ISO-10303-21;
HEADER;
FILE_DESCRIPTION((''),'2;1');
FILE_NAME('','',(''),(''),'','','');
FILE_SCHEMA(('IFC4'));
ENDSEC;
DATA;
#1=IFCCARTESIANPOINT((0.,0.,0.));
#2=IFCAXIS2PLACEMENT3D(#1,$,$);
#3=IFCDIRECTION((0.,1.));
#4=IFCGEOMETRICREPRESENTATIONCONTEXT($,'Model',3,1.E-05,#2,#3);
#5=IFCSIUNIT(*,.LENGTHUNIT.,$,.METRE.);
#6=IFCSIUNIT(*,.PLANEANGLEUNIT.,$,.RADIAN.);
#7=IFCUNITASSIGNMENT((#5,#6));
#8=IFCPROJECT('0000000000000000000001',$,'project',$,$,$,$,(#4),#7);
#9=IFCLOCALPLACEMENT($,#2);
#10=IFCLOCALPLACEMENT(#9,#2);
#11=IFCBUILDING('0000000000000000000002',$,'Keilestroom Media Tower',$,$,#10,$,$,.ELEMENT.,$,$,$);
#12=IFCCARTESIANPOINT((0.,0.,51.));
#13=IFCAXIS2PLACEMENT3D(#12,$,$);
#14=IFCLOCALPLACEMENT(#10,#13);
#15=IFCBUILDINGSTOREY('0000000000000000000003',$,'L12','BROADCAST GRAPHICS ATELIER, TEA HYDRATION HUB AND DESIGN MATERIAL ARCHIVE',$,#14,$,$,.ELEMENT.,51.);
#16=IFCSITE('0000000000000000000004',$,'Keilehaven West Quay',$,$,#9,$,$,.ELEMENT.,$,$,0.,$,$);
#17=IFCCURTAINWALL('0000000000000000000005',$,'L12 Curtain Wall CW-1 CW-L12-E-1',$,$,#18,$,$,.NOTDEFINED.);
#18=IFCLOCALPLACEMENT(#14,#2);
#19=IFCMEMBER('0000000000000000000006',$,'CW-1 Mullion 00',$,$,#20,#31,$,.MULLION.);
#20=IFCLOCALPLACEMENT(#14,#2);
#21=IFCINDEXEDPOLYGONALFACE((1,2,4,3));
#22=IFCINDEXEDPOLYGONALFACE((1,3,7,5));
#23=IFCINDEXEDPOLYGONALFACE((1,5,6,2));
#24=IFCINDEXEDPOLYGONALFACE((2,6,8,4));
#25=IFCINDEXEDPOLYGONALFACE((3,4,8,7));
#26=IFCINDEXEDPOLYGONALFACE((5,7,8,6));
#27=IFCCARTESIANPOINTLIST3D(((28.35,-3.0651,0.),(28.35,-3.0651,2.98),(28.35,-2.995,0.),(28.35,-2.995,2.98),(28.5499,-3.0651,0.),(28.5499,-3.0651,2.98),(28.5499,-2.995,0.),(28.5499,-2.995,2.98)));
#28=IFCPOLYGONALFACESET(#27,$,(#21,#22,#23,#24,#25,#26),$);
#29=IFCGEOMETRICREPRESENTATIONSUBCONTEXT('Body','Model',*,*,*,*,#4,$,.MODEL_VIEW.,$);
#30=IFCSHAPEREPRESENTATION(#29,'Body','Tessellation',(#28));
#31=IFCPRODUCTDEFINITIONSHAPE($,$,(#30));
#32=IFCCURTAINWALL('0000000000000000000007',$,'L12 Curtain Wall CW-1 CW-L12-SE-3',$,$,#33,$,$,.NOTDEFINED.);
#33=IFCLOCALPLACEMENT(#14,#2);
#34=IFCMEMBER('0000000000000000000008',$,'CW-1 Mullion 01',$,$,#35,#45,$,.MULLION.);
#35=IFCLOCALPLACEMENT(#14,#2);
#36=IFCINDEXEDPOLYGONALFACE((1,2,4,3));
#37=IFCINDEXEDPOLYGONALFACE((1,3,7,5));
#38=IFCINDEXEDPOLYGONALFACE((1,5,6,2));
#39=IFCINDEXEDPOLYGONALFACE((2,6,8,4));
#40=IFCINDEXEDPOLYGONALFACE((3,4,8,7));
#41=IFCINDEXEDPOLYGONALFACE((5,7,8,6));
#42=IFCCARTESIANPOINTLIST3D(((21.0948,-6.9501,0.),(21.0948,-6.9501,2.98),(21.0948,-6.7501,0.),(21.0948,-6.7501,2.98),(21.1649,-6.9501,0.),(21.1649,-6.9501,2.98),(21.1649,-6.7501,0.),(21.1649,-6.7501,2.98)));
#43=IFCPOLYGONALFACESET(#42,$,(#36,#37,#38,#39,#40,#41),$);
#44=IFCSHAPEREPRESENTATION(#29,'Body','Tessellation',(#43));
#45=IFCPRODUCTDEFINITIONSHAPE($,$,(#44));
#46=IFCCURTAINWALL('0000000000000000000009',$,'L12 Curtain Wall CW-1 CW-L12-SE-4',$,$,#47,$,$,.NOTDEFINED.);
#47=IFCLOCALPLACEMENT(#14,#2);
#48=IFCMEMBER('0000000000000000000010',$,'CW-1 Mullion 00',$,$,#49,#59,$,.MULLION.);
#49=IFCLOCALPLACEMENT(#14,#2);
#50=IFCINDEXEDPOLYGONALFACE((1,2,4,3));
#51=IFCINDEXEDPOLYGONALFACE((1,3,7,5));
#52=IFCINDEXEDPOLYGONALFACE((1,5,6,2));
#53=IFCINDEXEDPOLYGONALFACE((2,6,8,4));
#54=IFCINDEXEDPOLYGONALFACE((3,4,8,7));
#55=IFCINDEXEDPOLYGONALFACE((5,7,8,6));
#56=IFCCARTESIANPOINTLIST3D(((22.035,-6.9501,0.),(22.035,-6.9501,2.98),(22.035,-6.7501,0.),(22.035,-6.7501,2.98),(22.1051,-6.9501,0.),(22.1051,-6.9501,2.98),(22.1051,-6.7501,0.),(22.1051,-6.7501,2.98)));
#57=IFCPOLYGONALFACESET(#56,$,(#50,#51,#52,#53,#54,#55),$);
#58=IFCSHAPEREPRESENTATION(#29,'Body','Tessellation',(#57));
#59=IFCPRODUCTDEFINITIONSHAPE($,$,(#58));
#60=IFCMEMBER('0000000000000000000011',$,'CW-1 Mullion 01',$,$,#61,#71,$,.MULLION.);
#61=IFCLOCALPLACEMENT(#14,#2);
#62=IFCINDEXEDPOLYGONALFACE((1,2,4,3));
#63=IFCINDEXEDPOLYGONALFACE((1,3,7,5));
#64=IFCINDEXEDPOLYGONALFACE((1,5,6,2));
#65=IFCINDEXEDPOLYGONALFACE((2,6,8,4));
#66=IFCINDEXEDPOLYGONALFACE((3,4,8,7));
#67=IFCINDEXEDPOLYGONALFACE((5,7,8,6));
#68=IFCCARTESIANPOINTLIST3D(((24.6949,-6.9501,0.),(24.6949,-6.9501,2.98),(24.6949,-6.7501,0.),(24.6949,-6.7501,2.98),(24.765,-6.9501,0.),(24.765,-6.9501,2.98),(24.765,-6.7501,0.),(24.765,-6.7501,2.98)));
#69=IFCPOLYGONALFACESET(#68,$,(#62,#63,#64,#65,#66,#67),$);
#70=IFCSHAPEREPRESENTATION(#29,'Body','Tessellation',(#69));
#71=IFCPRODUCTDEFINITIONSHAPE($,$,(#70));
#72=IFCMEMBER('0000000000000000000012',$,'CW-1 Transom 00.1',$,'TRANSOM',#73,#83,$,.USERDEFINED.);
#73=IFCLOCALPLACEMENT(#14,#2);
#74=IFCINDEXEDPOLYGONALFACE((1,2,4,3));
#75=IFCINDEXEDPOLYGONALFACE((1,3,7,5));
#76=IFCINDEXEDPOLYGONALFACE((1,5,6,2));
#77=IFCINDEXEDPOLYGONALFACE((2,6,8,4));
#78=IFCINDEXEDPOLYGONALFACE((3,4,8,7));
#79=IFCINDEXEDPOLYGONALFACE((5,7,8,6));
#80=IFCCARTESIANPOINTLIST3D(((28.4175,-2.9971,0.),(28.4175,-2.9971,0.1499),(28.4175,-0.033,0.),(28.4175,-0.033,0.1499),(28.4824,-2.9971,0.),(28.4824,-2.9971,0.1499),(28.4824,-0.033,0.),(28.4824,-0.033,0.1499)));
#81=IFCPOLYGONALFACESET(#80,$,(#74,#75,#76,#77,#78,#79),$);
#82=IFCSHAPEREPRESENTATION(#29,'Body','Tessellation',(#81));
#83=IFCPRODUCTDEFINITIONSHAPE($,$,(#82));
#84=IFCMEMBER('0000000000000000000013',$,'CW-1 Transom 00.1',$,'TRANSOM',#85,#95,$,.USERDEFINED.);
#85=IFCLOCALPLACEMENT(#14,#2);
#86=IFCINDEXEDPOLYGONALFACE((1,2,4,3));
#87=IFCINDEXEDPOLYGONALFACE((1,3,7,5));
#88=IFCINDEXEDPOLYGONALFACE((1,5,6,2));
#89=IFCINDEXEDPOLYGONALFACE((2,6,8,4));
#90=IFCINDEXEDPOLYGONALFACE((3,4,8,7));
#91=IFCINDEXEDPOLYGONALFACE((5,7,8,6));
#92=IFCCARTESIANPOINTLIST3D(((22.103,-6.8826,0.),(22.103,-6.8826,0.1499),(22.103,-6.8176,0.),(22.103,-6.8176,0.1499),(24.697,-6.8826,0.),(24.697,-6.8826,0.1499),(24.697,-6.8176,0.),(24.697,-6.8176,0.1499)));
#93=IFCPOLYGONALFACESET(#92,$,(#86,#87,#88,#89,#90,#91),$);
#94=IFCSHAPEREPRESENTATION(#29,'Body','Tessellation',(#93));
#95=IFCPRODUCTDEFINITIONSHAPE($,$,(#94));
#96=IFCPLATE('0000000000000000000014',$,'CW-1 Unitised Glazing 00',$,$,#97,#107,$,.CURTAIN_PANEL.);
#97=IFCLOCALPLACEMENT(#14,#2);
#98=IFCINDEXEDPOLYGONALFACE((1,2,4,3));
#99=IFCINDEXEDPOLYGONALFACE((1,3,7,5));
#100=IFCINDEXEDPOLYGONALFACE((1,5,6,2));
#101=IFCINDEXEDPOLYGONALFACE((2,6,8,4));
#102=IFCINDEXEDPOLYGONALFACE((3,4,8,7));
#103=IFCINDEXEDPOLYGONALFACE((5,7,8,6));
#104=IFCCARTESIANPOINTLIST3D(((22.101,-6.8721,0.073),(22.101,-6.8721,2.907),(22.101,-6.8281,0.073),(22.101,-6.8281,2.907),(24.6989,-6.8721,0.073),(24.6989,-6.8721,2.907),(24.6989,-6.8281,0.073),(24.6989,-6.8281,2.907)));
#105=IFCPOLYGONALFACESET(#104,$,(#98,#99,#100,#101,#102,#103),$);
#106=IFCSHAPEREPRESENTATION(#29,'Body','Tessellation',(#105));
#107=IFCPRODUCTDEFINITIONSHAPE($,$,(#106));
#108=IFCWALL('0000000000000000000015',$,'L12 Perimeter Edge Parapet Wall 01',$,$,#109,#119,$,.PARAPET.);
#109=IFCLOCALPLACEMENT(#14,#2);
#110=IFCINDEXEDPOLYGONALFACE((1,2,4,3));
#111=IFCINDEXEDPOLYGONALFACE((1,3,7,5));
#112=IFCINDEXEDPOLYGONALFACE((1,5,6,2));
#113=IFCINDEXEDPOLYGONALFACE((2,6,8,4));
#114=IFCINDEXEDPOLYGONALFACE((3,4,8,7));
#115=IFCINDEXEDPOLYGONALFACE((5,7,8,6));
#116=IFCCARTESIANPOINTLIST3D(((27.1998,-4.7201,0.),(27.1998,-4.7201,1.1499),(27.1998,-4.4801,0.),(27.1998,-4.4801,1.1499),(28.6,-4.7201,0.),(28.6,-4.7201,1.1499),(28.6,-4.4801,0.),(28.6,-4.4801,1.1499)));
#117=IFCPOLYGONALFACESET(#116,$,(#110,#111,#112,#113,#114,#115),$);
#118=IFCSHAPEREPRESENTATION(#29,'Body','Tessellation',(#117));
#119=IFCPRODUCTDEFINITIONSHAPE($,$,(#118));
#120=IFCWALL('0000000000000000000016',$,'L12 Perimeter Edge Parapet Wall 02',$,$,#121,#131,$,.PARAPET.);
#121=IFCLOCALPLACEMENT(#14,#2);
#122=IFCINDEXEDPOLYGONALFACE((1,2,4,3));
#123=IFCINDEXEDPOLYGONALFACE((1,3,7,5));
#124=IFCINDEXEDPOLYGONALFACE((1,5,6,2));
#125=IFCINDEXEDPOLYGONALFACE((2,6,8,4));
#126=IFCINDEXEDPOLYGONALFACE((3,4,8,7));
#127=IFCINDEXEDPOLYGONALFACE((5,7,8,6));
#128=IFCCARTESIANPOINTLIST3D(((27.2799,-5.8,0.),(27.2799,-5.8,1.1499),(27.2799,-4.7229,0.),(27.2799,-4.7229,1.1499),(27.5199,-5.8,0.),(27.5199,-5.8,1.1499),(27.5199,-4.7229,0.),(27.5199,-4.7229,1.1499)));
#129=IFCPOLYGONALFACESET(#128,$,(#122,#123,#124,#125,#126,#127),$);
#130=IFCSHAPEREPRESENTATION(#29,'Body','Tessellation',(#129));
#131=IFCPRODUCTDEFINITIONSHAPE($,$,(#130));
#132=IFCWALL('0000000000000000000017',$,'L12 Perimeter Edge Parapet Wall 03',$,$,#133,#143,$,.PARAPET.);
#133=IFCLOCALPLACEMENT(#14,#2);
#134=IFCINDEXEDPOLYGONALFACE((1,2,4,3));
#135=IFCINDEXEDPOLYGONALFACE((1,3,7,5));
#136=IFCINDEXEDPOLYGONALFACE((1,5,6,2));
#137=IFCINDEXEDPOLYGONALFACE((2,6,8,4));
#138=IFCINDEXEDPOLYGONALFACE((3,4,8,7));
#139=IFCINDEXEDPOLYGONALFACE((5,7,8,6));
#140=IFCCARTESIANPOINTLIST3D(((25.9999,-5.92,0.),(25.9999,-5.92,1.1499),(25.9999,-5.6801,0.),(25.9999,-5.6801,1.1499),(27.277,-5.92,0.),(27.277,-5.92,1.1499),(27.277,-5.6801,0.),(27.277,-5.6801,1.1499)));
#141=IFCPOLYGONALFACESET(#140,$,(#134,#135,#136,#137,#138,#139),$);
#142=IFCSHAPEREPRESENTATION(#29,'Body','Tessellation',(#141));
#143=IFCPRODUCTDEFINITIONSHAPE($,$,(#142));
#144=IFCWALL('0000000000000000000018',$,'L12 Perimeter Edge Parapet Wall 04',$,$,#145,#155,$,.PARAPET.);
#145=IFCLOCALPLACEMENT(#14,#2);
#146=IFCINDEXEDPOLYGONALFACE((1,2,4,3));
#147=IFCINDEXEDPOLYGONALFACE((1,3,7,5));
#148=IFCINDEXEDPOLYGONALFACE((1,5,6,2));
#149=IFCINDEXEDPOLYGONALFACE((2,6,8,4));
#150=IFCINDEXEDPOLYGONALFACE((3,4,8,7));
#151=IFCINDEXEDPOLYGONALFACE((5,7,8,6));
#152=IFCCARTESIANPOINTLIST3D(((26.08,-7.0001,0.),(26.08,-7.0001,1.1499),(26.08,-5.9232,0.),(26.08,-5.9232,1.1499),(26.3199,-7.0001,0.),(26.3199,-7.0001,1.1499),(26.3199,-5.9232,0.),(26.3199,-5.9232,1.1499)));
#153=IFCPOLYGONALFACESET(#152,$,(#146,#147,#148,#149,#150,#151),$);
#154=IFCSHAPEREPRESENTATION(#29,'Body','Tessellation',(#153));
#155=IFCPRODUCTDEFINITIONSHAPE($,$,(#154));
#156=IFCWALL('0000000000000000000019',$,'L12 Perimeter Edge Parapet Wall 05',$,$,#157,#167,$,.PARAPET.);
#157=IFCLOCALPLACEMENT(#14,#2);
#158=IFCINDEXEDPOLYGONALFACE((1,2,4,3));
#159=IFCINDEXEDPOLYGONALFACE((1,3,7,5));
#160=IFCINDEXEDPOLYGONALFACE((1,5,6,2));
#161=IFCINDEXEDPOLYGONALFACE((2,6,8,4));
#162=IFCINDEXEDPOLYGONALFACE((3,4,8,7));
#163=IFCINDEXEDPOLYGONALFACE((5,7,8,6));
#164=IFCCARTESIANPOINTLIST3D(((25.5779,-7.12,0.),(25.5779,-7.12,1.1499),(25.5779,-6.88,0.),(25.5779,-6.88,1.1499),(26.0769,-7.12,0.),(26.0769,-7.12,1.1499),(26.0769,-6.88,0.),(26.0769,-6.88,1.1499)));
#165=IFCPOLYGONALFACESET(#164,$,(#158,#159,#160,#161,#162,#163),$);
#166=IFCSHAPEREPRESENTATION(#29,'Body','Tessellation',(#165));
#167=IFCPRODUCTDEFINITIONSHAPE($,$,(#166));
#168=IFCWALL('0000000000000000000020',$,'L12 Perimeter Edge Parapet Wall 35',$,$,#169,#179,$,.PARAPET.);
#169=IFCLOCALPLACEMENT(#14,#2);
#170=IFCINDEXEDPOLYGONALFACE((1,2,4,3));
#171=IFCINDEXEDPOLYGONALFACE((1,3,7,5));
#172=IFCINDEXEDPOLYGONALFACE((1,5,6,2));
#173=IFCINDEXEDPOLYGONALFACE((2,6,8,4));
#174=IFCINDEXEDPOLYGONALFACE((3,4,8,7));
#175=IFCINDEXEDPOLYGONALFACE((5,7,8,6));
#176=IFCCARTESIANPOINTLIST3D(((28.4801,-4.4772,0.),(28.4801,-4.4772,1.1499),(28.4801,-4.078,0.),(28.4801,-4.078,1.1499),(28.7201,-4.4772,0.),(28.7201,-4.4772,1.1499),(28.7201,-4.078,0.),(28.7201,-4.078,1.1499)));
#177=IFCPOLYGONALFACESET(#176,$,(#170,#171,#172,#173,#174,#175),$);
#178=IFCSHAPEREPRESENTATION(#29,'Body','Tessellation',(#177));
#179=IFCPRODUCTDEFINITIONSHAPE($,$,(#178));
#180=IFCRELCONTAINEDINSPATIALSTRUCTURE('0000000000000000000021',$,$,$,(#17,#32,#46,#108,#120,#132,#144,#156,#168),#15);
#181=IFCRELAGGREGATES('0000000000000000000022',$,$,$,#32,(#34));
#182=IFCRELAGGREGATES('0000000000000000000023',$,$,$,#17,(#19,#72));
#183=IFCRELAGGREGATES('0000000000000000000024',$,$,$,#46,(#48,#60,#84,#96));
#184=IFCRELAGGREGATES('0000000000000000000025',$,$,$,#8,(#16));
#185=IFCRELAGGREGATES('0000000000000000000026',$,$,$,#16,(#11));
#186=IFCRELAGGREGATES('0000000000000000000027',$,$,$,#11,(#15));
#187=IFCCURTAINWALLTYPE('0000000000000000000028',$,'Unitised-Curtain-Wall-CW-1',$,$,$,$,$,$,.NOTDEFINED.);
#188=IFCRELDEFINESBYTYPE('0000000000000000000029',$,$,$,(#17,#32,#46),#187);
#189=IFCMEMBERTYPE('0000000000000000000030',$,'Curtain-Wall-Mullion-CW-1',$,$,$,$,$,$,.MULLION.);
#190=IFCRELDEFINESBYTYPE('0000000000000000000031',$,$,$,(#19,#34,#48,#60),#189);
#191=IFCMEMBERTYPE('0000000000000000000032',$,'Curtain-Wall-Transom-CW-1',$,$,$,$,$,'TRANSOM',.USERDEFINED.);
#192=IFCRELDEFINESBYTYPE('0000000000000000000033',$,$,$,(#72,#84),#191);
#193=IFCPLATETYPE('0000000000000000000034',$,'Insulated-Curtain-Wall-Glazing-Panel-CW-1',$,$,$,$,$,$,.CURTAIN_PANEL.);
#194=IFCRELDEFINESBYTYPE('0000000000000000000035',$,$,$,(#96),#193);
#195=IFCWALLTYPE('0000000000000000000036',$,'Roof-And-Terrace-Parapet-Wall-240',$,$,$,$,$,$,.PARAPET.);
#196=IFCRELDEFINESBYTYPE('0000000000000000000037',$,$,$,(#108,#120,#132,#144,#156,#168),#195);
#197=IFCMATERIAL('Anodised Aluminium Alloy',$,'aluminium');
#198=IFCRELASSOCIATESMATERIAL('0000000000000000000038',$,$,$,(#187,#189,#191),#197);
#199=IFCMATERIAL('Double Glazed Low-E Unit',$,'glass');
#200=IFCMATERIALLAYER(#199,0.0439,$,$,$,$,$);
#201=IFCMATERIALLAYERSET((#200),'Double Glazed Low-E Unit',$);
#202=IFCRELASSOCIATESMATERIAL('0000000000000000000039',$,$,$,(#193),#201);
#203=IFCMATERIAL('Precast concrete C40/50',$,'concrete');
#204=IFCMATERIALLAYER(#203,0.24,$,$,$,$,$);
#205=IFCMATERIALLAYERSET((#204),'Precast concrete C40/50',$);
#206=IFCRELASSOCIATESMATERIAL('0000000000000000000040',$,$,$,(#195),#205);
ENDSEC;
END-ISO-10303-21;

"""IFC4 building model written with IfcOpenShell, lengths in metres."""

from ifc_helpers import new_model, si_unit, direction, frame, frame_2d, origin, origin_2d, place, context, subcontext, project, spatial, rectangle, extrude, source, transform, mapped, material, layer, layer_set, material_profile, profile_set, type_object, element, aggregate, save


model = new_model("IFC4")

# Units and contexts
model_context = context("Model", 3, precision=1e-05, world=origin(), true_north=direction((0.0, 1.0)))
body_context = subcontext(model_context, "Body", "Model", "MODEL_VIEW")
ifc_project = project(units=[si_unit("LENGTHUNIT", "METRE"), si_unit("PLANEANGLEUNIT", "RADIAN")], contexts=[model_context])

# Site, building, storey
site_placement = place(None, origin())
site = spatial("IfcSite", under=ifc_project, at=site_placement, Name="Keilehaven West Quay", CompositionType="ELEMENT", RefElevation=0.0)
building_placement = place(site_placement, origin())
building = spatial("IfcBuilding", under=site, at=building_placement, Name="Keilestroom Media Tower", CompositionType="ELEMENT")
storey_placement = place(building_placement, frame((0.0, 0.0, 51.0)))
storey = spatial("IfcBuildingStorey", under=building, at=storey_placement, Name="L12", Description="BROADCAST GRAPHICS ATELIER, TEA HYDRATION HUB AND DESIGN MATERIAL ARCHIVE", CompositionType="ELEMENT", Elevation=51.0)

# Shared definitions
ifc_material_1 = material(Name="Precast concrete C40/50", Category="concrete")

# Curtain walls, members
ifc_material_2 = material(Name="Anodised Aluminium Alloy", Category="aluminium")
curtain_wall_type = type_object("IfcCurtainWallType", Name="Unitised-Curtain-Wall-CW-1", PredefinedType="NOTDEFINED", material=ifc_material_2)
curtain_wall_1_placement = place(storey_placement, origin())
curtain_wall_1 = element("IfcCurtainWall", 1, at=curtain_wall_1_placement, inside=storey, type_object=curtain_wall_type, Name="L12 Curtain Wall CW-1 CW-L12-E-1", PredefinedType="NOTDEFINED")
ifc_material_profile_1 = material_profile(ifc_material_2, rectangle(XDim=0.0701, YDim=0.2, at=origin_2d()), Name="ALU MULLION 70x200")
ifc_profile_set_1 = profile_set([ifc_material_profile_1], Name="Anodised Aluminium Alloy")
member_type_1 = type_object("IfcMemberType", Name="Curtain-Wall-Mullion-CW-1", PredefinedType="MULLION", material=ifc_profile_set_1)
shared_shape_1 = source(origin(), body_context, "Body", "SweptSolid", [
    extrude(rectangle(XDim=0.0701, YDim=0.2, at=origin_2d()), origin(), (0.0, 0.0, 1.0), 2.98),
])
member_1_placement = place(storey_placement, frame((28.45, -3.03, 0.0), z_axis=(0.0, 0.0, 1.0), x_axis=(0.0, 1.0, 0.0)))
member_1 = element("IfcMember", 2, at=member_1_placement, type_object=member_type_1, Name="CW-1 Mullion 00", PredefinedType="MULLION", context=body_context, shape_type="MappedRepresentation", body=[
    mapped(shared_shape_1, transform((0.0, 0.0, 0.0), x_axis=(1.0, 0.0, 0.0), y_axis=(0.0, 1.0, 0.0), z_axis=(0.0, 0.0, 1.0), scale=1.0)),
])
curtain_wall_2_placement = place(storey_placement, origin())
curtain_wall_2 = element("IfcCurtainWall", 3, at=curtain_wall_2_placement, inside=storey, type_object=curtain_wall_type, Name="L12 Curtain Wall CW-1 CW-L12-SE-3", PredefinedType="NOTDEFINED")
member_2_placement = place(storey_placement, frame((21.1299, -6.8501, 0.0), z_axis=(0.0, 0.0, 1.0), x_axis=(1.0, 0.0, 0.0)))
member_2 = element("IfcMember", 4, at=member_2_placement, type_object=member_type_1, Name="CW-1 Mullion 01", PredefinedType="MULLION", context=body_context, shape_type="MappedRepresentation", body=[
    mapped(shared_shape_1, transform((0.0, 0.0, 0.0), x_axis=(1.0, 0.0, 0.0), y_axis=(0.0, 1.0, 0.0), z_axis=(0.0, 0.0, 1.0), scale=1.0)),
])
aggregate(curtain_wall_2, [member_2])

# Curtain wall, members
curtain_wall_3_placement = place(storey_placement, origin())
curtain_wall_3 = element("IfcCurtainWall", 5, at=curtain_wall_3_placement, inside=storey, type_object=curtain_wall_type, Name="L12 Curtain Wall CW-1 CW-L12-SE-4", PredefinedType="NOTDEFINED")
member_3_placement = place(storey_placement, frame((22.0701, -6.8501, 0.0), z_axis=(0.0, 0.0, 1.0), x_axis=(1.0, 0.0, 0.0)))
member_3 = element("IfcMember", 6, at=member_3_placement, type_object=member_type_1, Name="CW-1 Mullion 00", PredefinedType="MULLION", context=body_context, shape_type="MappedRepresentation", body=[
    mapped(shared_shape_1, transform((0.0, 0.0, 0.0), x_axis=(1.0, 0.0, 0.0), y_axis=(0.0, 1.0, 0.0), z_axis=(0.0, 0.0, 1.0), scale=1.0)),
])
member_4_placement = place(storey_placement, frame((24.73, -6.8501, 0.0), z_axis=(0.0, 0.0, 1.0), x_axis=(1.0, 0.0, 0.0)))
member_4 = element("IfcMember", 7, at=member_4_placement, type_object=member_type_1, Name="CW-1 Mullion 01", PredefinedType="MULLION", context=body_context, shape_type="MappedRepresentation", body=[
    mapped(shared_shape_1, transform((0.0, 0.0, 0.0), x_axis=(1.0, 0.0, 0.0), y_axis=(0.0, 1.0, 0.0), z_axis=(0.0, 0.0, 1.0), scale=1.0)),
])

# Members
ifc_material_profile_2 = material_profile(ifc_material_2, rectangle(XDim=0.0649, YDim=0.1499, at=origin_2d()), Name="ALU TRANSOM 65x150")
ifc_profile_set_2 = profile_set([ifc_material_profile_2], Name="Anodised Aluminium Alloy")
member_type_2 = type_object("IfcMemberType", Name="Curtain-Wall-Transom-CW-1", ElementType="TRANSOM", PredefinedType="USERDEFINED", material=ifc_profile_set_2)
shared_shape_2 = source(origin(), body_context, "Body", "SweptSolid", [
    extrude(rectangle(XDim=0.0649, YDim=0.1499, at=origin_2d()), origin(), (0.0, 0.0, 1.0), 2.9641),
])
member_5_placement = place(storey_placement, frame((28.45, -2.9971, 0.075), z_axis=(0.0, 1.0, 0.0), x_axis=(-1.0, 0.0, 0.0)))
member_5 = element("IfcMember", 8, at=member_5_placement, type_object=member_type_2, Name="CW-1 Transom 00.1", ObjectType="TRANSOM", PredefinedType="USERDEFINED", context=body_context, shape_type="MappedRepresentation", body=[
    mapped(shared_shape_2, transform((0.0, 0.0, 0.0), x_axis=(1.0, 0.0, 0.0), y_axis=(0.0, 1.0, 0.0), z_axis=(0.0, 0.0, 1.0), scale=1.0)),
])
aggregate(curtain_wall_1, [member_1, member_5])
shared_shape_3 = source(origin(), body_context, "Body", "SweptSolid", [
    extrude(rectangle(XDim=0.0649, YDim=0.1499, at=origin_2d()), origin(), (0.0, 0.0, 1.0), 2.594),
])
member_6_placement = place(storey_placement, frame((22.103, -6.8501, 0.075), z_axis=(1.0, 0.0, 0.0), x_axis=(0.0, 1.0, 0.0)))
member_6 = element("IfcMember", 9, at=member_6_placement, type_object=member_type_2, Name="CW-1 Transom 00.1", ObjectType="TRANSOM", PredefinedType="USERDEFINED", context=body_context, shape_type="MappedRepresentation", body=[
    mapped(shared_shape_3, transform((0.0, 0.0, 0.0), x_axis=(1.0, 0.0, 0.0), y_axis=(0.0, 1.0, 0.0), z_axis=(0.0, 0.0, 1.0), scale=1.0)),
])

# Plate
ifc_material_3 = material(Name="Double Glazed Low-E Unit", Category="glass")
ifc_layer_1 = layer(ifc_material_3, 0.0439)
ifc_layer_set_1 = layer_set([ifc_layer_1], Name="Double Glazed Low-E Unit")
plate_type = type_object("IfcPlateType", Name="Insulated-Curtain-Wall-Glazing-Panel-CW-1", PredefinedType="CURTAIN_PANEL", material=ifc_layer_set_1)
shared_shape_4 = source(origin(), body_context, "Body", "SweptSolid", [
    extrude(rectangle(XDim=2.5979, YDim=0.0439, at=origin_2d()), origin(), (0.0, 0.0, 1.0), 2.834),
])
plate_placement = place(storey_placement, frame((23.3999, -6.8501, 0.073), z_axis=(0.0, 0.0, 1.0), x_axis=(1.0, 0.0, 0.0)))
plate = element("IfcPlate", 10, at=plate_placement, type_object=plate_type, Name="CW-1 Unitised Glazing 00", PredefinedType="CURTAIN_PANEL", context=body_context, shape_type="MappedRepresentation", body=[
    mapped(shared_shape_4, transform((0.0, 0.0, 0.0), x_axis=(1.0, 0.0, 0.0), y_axis=(0.0, 1.0, 0.0), z_axis=(0.0, 0.0, 1.0), scale=1.0)),
])
aggregate(curtain_wall_3, [member_3, member_4, member_6, plate])

# Walls
ifc_layer_2 = layer(ifc_material_1, 0.24)
ifc_layer_set_2 = layer_set([ifc_layer_2], Name="Precast concrete C40/50")
wall_type = type_object("IfcWallType", Name="Roof-And-Terrace-Parapet-Wall-240", PredefinedType="PARAPET", material=ifc_layer_set_2)
wall_1_placement = place(storey_placement, frame((28.6001, -4.6001, 0.0), z_axis=(0.0, 0.0, 1.0), x_axis=(-1.0, 0.0, 0.0)))
element("IfcWall", 11, at=wall_1_placement, inside=storey, type_object=wall_type, Name="L12 Perimeter Edge Parapet Wall 01", PredefinedType="PARAPET", context=body_context, shape_type="SweptSolid", body=[
    extrude(rectangle(XDim=1.4001, YDim=0.24, at=frame_2d((0.7002, 0.0))), origin(), (0.0, 0.0, 1.0), 1.1499),
])
wall_2_placement = place(storey_placement, frame((27.3999, -4.7229, 0.0), z_axis=(0.0, 0.0, 1.0), x_axis=(0.0, -1.0, 0.0)))
element("IfcWall", 12, at=wall_2_placement, inside=storey, type_object=wall_type, Name="L12 Perimeter Edge Parapet Wall 02", PredefinedType="PARAPET", context=body_context, shape_type="SweptSolid", body=[
    extrude(rectangle(XDim=1.0771, YDim=0.24, at=frame_2d((0.5386, 0.0))), origin(), (0.0, 0.0, 1.0), 1.1499),
])
wall_3_placement = place(storey_placement, frame((27.2771, -5.8, 0.0), z_axis=(0.0, 0.0, 1.0), x_axis=(-1.0, 0.0, 0.0)))
element("IfcWall", 13, at=wall_3_placement, inside=storey, type_object=wall_type, Name="L12 Perimeter Edge Parapet Wall 03", PredefinedType="PARAPET", context=body_context, shape_type="SweptSolid", body=[
    extrude(rectangle(XDim=1.2771, YDim=0.24, at=frame_2d((0.6387, 0.0))), origin(), (0.0, 0.0, 1.0), 1.1499),
])
wall_4_placement = place(storey_placement, frame((26.2, -5.9231, 0.0), z_axis=(0.0, 0.0, 1.0), x_axis=(0.0, -1.0, 0.0)))
element("IfcWall", 14, at=wall_4_placement, inside=storey, type_object=wall_type, Name="L12 Perimeter Edge Parapet Wall 04", PredefinedType="PARAPET", context=body_context, shape_type="SweptSolid", body=[
    extrude(rectangle(XDim=1.0769, YDim=0.24, at=frame_2d((0.5386, 0.0))), origin(), (0.0, 0.0, 1.0), 1.1499),
])
wall_5_placement = place(storey_placement, frame((26.0769, -7.0, 0.0), z_axis=(0.0, 0.0, 1.0), x_axis=(-1.0, 0.0, 0.0)))
element("IfcWall", 15, at=wall_5_placement, inside=storey, type_object=wall_type, Name="L12 Perimeter Edge Parapet Wall 05", PredefinedType="PARAPET", context=body_context, shape_type="SweptSolid", body=[
    extrude(rectangle(XDim=0.499, YDim=0.24, at=frame_2d((0.2495, 0.0))), origin(), (0.0, 0.0, 1.0), 1.1499),
])
wall_6_placement = place(storey_placement, frame((28.6001, -4.0779, 0.0), z_axis=(0.0, 0.0, 1.0), x_axis=(0.0, -1.0, 0.0)))
element("IfcWall", 16, at=wall_6_placement, inside=storey, type_object=wall_type, Name="L12 Perimeter Edge Parapet Wall 35", PredefinedType="PARAPET", context=body_context, shape_type="SweptSolid", body=[
    extrude(rectangle(XDim=0.3992, YDim=0.24, at=frame_2d((0.1997, 0.0))), origin(), (0.0, 0.0, 1.0), 1.1499),
])

save(model, "model.ifc")
